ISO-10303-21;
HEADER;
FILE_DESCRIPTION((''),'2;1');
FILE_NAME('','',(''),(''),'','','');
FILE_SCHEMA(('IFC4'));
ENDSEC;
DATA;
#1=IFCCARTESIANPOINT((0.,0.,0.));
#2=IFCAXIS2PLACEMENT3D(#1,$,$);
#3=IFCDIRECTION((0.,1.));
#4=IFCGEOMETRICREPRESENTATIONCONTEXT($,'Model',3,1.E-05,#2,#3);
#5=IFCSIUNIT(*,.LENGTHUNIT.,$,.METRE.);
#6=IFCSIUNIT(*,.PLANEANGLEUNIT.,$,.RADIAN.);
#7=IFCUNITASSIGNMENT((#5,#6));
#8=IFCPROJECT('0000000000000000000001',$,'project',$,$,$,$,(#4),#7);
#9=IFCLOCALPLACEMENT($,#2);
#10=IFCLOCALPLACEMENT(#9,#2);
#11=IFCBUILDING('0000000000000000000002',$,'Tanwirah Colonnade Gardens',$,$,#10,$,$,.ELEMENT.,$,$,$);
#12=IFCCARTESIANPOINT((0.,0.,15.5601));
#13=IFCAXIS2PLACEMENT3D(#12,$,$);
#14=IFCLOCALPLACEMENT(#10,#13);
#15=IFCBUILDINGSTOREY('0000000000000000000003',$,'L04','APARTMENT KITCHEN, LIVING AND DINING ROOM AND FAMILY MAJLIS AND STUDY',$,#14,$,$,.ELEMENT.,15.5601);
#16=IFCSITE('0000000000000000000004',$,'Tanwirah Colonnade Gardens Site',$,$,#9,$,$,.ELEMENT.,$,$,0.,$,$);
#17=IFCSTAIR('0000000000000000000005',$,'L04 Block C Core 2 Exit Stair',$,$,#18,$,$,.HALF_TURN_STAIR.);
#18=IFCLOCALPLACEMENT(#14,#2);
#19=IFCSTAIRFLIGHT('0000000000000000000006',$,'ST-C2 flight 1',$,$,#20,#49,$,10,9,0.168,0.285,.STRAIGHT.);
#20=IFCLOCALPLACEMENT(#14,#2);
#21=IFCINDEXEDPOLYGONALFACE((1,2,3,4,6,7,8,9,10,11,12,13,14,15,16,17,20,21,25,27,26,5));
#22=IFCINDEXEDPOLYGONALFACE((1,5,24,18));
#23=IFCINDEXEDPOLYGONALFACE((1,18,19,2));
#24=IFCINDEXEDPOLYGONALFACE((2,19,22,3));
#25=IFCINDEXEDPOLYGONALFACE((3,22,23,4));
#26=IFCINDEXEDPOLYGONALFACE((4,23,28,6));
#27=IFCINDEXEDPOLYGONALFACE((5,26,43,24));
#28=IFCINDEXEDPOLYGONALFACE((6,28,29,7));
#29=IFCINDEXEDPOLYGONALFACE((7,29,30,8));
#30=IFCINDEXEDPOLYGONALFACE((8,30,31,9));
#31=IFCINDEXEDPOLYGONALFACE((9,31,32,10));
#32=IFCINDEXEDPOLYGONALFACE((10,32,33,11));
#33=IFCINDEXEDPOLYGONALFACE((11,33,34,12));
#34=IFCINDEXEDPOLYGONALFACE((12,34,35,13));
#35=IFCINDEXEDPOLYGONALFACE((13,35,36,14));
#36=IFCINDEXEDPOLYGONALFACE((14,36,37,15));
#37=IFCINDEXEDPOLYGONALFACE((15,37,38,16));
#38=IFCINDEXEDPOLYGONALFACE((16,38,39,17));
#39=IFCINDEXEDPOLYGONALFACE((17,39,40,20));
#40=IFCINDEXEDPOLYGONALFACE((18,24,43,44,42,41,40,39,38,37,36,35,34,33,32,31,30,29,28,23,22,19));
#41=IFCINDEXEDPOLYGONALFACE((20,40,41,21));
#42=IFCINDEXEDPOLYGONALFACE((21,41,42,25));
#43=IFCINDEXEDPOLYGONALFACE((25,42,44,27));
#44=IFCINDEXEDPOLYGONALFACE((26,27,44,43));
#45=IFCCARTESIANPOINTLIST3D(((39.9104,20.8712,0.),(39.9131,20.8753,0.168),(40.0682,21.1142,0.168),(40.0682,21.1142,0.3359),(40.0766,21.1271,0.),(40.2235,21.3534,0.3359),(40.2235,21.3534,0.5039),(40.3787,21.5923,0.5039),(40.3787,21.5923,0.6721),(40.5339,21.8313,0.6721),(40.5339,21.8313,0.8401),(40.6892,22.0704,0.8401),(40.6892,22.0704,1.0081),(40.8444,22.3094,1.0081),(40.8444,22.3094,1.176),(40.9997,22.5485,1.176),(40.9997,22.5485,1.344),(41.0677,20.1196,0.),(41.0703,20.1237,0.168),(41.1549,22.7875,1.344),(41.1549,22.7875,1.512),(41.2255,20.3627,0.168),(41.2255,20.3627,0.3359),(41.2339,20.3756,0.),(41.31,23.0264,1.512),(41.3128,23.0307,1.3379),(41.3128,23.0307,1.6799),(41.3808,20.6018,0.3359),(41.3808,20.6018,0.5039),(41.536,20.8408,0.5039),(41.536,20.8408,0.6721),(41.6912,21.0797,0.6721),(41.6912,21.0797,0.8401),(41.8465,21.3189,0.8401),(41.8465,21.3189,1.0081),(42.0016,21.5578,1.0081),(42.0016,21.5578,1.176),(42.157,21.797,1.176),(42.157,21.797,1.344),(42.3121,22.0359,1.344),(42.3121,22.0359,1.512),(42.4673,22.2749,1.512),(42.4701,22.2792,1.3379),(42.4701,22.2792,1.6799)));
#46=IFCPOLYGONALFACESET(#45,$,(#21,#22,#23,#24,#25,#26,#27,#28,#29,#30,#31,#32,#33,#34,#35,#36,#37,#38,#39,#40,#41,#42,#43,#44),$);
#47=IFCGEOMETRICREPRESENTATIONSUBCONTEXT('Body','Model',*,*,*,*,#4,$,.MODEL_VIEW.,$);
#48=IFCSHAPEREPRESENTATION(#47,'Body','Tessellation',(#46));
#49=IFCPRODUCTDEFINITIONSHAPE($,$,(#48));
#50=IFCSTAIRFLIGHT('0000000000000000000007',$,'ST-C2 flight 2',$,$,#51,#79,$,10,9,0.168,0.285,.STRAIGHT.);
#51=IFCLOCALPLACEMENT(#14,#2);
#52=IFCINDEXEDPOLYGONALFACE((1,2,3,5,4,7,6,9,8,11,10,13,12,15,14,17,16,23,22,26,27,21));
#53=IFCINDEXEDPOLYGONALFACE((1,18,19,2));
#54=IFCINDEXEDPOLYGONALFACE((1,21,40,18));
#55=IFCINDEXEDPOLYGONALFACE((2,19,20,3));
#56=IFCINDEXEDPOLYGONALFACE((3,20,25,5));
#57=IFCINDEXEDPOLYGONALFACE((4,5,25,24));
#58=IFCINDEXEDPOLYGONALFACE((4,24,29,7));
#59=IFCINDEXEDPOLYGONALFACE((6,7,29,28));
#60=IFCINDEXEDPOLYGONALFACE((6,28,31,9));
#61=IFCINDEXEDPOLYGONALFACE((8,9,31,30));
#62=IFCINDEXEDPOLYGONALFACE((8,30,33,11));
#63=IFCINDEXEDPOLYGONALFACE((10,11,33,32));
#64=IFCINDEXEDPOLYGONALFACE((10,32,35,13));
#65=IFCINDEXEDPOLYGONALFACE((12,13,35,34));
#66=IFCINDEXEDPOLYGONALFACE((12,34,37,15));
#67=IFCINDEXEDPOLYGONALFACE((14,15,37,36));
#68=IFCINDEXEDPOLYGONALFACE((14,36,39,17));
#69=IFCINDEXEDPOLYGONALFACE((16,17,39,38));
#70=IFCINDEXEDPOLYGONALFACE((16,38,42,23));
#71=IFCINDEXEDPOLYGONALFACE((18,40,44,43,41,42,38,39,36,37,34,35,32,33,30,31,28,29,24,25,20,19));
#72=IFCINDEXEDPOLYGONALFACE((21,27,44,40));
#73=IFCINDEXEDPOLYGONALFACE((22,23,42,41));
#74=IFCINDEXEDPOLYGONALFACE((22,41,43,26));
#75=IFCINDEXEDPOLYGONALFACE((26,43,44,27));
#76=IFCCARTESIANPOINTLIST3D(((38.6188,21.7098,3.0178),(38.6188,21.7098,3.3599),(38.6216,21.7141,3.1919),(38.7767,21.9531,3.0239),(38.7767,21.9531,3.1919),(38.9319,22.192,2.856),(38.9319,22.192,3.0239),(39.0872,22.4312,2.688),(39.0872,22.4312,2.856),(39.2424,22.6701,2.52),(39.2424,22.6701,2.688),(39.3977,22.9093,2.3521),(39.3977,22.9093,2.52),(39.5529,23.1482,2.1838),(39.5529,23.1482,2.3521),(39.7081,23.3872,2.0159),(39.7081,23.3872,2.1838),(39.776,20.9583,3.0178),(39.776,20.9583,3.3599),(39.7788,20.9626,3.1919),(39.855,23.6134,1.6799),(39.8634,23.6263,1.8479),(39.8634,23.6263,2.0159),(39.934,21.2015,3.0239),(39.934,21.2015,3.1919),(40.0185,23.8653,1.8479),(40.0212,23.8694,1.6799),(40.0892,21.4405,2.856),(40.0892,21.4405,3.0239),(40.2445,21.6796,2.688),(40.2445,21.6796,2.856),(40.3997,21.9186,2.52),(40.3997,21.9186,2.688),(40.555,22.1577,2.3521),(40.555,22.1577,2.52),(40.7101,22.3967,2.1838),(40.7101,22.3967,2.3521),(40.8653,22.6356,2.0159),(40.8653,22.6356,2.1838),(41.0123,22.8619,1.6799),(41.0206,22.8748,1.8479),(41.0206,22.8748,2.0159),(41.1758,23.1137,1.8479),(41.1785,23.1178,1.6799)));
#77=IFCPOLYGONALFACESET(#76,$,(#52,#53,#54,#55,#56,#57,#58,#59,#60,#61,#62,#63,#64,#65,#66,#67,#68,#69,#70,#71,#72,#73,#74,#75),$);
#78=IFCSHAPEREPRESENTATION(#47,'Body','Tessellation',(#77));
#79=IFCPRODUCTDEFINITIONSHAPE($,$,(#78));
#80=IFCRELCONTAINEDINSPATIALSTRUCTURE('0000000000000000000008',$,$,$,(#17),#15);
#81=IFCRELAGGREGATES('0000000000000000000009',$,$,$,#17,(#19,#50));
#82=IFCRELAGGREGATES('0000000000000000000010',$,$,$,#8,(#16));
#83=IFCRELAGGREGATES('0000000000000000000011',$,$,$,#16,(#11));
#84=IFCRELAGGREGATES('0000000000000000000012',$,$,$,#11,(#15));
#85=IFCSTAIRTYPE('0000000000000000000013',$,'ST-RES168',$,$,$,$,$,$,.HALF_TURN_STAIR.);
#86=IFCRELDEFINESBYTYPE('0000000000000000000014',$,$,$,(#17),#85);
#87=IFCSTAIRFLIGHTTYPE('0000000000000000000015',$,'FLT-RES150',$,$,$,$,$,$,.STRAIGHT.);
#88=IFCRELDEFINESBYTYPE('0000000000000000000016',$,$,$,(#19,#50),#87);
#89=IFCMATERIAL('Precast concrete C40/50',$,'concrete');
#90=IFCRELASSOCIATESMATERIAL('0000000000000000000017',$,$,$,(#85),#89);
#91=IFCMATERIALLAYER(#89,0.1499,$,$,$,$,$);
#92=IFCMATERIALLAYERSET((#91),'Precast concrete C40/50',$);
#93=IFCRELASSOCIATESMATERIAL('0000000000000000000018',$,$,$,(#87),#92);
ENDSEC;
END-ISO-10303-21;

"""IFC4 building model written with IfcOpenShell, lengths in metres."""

from ifc_helpers import new_model, si_unit, direction, frame, origin, place, context, subcontext, project, spatial, polyline, outline, extrude, material, layer, layer_set, type_object, element, aggregate, save


model = new_model("IFC4")

# Units and contexts
model_context = context("Model", 3, precision=1e-05, world=origin(), true_north=direction((0.0, 1.0)))
body_context = subcontext(model_context, "Body", "Model", "MODEL_VIEW")
ifc_project = project(units=[si_unit("LENGTHUNIT", "METRE"), si_unit("PLANEANGLEUNIT", "RADIAN")], contexts=[model_context])

# Site, building, storey
site_placement = place(None, origin())
site = spatial("IfcSite", under=ifc_project, at=site_placement, Name="Tanwirah Colonnade Gardens Site", CompositionType="ELEMENT", RefElevation=0.0)
building_placement = place(site_placement, origin())
building = spatial("IfcBuilding", under=site, at=building_placement, Name="Tanwirah Colonnade Gardens", CompositionType="ELEMENT")
storey_placement = place(building_placement, frame((0.0, 0.0, 15.5601)))
storey = spatial("IfcBuildingStorey", under=building, at=storey_placement, Name="L04", Description="APARTMENT KITCHEN, LIVING AND DINING ROOM AND FAMILY MAJLIS AND STUDY", CompositionType="ELEMENT", Elevation=15.5601)

# Shared definitions
ifc_material_1 = material(Name="Precast concrete C40/50", Category="concrete")

# Stair, stair flights
stair_type = type_object("IfcStairType", Name="ST-RES168", PredefinedType="HALF_TURN_STAIR", material=ifc_material_1)
stair_placement = place(storey_placement, origin())
stair = element("IfcStair", 1, at=stair_placement, inside=storey, type_object=stair_type, Name="L04 Block C Core 2 Exit Stair", PredefinedType="HALF_TURN_STAIR")
ifc_layer_1 = layer(ifc_material_1, 0.1499)
ifc_layer_set_1 = layer_set([ifc_layer_1], Name="Precast concrete C40/50")
stair_flight_type = type_object("IfcStairFlightType", Name="FLT-RES150", PredefinedType="STRAIGHT", material=ifc_layer_set_1)
stair_flight_1_placement = place(storey_placement, frame((40.4917, 20.4995, 0.0), z_axis=(0.0, 0.0, 1.0), x_axis=(0.544639, 0.838671, 0.0)))
stair_flight_1 = element("IfcStairFlight", 2, at=stair_flight_1_placement, type_object=stair_flight_type, Name="ST-C2 flight 1", NumberOfRisers=10, NumberOfTreads=9, PredefinedType="STRAIGHT", RiserHeight=0.168, TreadLength=0.285, context=body_context, shape_type="SweptSolid", body=[
    extrude(outline(polyline([(-0.0049, 0.0), (0.0, 0.168), (0.2849, 0.168), (0.2849, 0.3359), (0.5701, 0.3359), (0.5701, 0.5039), (0.855, 0.5039), (0.855, 0.6721), (1.1399, 0.6721), (1.1399, 0.8401), (1.425, 0.8401), (1.425, 1.0081), (1.71, 1.0081), (1.71, 1.176), (1.9951, 1.176), (1.9951, 1.344), (2.28, 1.344), (2.28, 1.512), (2.5649, 1.512), (2.5701, 1.6799), (2.5701, 1.3379), (0.3003, 0.0), (-0.0049, 0.0)])), frame((0.0, 0.6899, 0.0), z_axis=(0.0, -1.0, 0.0), x_axis=(1.0, 0.0, 0.0)), (0.0, 0.0, 1.0), 1.3799),
])
stair_flight_2_placement = place(storey_placement, frame((40.5972, 23.4895, 1.6799), z_axis=(0.0, 0.0, 1.0), x_axis=(-0.544639, -0.838671, 0.0)))
stair_flight_2 = element("IfcStairFlight", 3, at=stair_flight_2_placement, type_object=stair_flight_type, Name="ST-C2 flight 2", NumberOfRisers=10, NumberOfTreads=9, PredefinedType="STRAIGHT", RiserHeight=0.168, TreadLength=0.285, context=body_context, shape_type="SweptSolid", body=[
    extrude(outline(polyline([(-0.0049, 0.0), (0.0, 0.168), (0.2849, 0.168), (0.2849, 0.3359), (0.5701, 0.3359), (0.5701, 0.5039), (0.855, 0.5039), (0.855, 0.6721), (1.1399, 0.6721), (1.1399, 0.8401), (1.425, 0.8401), (1.425, 1.0081), (1.71, 1.0081), (1.71, 1.176), (1.9951, 1.176), (1.9951, 1.344), (2.28, 1.344), (2.28, 1.512), (2.5649, 1.512), (2.5701, 1.6799), (2.5701, 1.3379), (0.3003, 0.0), (-0.0049, 0.0)])), frame((0.0, 0.6899, 0.0), z_axis=(0.0, -1.0, 0.0), x_axis=(1.0, 0.0, 0.0)), (0.0, 0.0, 1.0), 1.3799),
])
aggregate(stair, [stair_flight_1, stair_flight_2])

save(model, "model.ifc")
